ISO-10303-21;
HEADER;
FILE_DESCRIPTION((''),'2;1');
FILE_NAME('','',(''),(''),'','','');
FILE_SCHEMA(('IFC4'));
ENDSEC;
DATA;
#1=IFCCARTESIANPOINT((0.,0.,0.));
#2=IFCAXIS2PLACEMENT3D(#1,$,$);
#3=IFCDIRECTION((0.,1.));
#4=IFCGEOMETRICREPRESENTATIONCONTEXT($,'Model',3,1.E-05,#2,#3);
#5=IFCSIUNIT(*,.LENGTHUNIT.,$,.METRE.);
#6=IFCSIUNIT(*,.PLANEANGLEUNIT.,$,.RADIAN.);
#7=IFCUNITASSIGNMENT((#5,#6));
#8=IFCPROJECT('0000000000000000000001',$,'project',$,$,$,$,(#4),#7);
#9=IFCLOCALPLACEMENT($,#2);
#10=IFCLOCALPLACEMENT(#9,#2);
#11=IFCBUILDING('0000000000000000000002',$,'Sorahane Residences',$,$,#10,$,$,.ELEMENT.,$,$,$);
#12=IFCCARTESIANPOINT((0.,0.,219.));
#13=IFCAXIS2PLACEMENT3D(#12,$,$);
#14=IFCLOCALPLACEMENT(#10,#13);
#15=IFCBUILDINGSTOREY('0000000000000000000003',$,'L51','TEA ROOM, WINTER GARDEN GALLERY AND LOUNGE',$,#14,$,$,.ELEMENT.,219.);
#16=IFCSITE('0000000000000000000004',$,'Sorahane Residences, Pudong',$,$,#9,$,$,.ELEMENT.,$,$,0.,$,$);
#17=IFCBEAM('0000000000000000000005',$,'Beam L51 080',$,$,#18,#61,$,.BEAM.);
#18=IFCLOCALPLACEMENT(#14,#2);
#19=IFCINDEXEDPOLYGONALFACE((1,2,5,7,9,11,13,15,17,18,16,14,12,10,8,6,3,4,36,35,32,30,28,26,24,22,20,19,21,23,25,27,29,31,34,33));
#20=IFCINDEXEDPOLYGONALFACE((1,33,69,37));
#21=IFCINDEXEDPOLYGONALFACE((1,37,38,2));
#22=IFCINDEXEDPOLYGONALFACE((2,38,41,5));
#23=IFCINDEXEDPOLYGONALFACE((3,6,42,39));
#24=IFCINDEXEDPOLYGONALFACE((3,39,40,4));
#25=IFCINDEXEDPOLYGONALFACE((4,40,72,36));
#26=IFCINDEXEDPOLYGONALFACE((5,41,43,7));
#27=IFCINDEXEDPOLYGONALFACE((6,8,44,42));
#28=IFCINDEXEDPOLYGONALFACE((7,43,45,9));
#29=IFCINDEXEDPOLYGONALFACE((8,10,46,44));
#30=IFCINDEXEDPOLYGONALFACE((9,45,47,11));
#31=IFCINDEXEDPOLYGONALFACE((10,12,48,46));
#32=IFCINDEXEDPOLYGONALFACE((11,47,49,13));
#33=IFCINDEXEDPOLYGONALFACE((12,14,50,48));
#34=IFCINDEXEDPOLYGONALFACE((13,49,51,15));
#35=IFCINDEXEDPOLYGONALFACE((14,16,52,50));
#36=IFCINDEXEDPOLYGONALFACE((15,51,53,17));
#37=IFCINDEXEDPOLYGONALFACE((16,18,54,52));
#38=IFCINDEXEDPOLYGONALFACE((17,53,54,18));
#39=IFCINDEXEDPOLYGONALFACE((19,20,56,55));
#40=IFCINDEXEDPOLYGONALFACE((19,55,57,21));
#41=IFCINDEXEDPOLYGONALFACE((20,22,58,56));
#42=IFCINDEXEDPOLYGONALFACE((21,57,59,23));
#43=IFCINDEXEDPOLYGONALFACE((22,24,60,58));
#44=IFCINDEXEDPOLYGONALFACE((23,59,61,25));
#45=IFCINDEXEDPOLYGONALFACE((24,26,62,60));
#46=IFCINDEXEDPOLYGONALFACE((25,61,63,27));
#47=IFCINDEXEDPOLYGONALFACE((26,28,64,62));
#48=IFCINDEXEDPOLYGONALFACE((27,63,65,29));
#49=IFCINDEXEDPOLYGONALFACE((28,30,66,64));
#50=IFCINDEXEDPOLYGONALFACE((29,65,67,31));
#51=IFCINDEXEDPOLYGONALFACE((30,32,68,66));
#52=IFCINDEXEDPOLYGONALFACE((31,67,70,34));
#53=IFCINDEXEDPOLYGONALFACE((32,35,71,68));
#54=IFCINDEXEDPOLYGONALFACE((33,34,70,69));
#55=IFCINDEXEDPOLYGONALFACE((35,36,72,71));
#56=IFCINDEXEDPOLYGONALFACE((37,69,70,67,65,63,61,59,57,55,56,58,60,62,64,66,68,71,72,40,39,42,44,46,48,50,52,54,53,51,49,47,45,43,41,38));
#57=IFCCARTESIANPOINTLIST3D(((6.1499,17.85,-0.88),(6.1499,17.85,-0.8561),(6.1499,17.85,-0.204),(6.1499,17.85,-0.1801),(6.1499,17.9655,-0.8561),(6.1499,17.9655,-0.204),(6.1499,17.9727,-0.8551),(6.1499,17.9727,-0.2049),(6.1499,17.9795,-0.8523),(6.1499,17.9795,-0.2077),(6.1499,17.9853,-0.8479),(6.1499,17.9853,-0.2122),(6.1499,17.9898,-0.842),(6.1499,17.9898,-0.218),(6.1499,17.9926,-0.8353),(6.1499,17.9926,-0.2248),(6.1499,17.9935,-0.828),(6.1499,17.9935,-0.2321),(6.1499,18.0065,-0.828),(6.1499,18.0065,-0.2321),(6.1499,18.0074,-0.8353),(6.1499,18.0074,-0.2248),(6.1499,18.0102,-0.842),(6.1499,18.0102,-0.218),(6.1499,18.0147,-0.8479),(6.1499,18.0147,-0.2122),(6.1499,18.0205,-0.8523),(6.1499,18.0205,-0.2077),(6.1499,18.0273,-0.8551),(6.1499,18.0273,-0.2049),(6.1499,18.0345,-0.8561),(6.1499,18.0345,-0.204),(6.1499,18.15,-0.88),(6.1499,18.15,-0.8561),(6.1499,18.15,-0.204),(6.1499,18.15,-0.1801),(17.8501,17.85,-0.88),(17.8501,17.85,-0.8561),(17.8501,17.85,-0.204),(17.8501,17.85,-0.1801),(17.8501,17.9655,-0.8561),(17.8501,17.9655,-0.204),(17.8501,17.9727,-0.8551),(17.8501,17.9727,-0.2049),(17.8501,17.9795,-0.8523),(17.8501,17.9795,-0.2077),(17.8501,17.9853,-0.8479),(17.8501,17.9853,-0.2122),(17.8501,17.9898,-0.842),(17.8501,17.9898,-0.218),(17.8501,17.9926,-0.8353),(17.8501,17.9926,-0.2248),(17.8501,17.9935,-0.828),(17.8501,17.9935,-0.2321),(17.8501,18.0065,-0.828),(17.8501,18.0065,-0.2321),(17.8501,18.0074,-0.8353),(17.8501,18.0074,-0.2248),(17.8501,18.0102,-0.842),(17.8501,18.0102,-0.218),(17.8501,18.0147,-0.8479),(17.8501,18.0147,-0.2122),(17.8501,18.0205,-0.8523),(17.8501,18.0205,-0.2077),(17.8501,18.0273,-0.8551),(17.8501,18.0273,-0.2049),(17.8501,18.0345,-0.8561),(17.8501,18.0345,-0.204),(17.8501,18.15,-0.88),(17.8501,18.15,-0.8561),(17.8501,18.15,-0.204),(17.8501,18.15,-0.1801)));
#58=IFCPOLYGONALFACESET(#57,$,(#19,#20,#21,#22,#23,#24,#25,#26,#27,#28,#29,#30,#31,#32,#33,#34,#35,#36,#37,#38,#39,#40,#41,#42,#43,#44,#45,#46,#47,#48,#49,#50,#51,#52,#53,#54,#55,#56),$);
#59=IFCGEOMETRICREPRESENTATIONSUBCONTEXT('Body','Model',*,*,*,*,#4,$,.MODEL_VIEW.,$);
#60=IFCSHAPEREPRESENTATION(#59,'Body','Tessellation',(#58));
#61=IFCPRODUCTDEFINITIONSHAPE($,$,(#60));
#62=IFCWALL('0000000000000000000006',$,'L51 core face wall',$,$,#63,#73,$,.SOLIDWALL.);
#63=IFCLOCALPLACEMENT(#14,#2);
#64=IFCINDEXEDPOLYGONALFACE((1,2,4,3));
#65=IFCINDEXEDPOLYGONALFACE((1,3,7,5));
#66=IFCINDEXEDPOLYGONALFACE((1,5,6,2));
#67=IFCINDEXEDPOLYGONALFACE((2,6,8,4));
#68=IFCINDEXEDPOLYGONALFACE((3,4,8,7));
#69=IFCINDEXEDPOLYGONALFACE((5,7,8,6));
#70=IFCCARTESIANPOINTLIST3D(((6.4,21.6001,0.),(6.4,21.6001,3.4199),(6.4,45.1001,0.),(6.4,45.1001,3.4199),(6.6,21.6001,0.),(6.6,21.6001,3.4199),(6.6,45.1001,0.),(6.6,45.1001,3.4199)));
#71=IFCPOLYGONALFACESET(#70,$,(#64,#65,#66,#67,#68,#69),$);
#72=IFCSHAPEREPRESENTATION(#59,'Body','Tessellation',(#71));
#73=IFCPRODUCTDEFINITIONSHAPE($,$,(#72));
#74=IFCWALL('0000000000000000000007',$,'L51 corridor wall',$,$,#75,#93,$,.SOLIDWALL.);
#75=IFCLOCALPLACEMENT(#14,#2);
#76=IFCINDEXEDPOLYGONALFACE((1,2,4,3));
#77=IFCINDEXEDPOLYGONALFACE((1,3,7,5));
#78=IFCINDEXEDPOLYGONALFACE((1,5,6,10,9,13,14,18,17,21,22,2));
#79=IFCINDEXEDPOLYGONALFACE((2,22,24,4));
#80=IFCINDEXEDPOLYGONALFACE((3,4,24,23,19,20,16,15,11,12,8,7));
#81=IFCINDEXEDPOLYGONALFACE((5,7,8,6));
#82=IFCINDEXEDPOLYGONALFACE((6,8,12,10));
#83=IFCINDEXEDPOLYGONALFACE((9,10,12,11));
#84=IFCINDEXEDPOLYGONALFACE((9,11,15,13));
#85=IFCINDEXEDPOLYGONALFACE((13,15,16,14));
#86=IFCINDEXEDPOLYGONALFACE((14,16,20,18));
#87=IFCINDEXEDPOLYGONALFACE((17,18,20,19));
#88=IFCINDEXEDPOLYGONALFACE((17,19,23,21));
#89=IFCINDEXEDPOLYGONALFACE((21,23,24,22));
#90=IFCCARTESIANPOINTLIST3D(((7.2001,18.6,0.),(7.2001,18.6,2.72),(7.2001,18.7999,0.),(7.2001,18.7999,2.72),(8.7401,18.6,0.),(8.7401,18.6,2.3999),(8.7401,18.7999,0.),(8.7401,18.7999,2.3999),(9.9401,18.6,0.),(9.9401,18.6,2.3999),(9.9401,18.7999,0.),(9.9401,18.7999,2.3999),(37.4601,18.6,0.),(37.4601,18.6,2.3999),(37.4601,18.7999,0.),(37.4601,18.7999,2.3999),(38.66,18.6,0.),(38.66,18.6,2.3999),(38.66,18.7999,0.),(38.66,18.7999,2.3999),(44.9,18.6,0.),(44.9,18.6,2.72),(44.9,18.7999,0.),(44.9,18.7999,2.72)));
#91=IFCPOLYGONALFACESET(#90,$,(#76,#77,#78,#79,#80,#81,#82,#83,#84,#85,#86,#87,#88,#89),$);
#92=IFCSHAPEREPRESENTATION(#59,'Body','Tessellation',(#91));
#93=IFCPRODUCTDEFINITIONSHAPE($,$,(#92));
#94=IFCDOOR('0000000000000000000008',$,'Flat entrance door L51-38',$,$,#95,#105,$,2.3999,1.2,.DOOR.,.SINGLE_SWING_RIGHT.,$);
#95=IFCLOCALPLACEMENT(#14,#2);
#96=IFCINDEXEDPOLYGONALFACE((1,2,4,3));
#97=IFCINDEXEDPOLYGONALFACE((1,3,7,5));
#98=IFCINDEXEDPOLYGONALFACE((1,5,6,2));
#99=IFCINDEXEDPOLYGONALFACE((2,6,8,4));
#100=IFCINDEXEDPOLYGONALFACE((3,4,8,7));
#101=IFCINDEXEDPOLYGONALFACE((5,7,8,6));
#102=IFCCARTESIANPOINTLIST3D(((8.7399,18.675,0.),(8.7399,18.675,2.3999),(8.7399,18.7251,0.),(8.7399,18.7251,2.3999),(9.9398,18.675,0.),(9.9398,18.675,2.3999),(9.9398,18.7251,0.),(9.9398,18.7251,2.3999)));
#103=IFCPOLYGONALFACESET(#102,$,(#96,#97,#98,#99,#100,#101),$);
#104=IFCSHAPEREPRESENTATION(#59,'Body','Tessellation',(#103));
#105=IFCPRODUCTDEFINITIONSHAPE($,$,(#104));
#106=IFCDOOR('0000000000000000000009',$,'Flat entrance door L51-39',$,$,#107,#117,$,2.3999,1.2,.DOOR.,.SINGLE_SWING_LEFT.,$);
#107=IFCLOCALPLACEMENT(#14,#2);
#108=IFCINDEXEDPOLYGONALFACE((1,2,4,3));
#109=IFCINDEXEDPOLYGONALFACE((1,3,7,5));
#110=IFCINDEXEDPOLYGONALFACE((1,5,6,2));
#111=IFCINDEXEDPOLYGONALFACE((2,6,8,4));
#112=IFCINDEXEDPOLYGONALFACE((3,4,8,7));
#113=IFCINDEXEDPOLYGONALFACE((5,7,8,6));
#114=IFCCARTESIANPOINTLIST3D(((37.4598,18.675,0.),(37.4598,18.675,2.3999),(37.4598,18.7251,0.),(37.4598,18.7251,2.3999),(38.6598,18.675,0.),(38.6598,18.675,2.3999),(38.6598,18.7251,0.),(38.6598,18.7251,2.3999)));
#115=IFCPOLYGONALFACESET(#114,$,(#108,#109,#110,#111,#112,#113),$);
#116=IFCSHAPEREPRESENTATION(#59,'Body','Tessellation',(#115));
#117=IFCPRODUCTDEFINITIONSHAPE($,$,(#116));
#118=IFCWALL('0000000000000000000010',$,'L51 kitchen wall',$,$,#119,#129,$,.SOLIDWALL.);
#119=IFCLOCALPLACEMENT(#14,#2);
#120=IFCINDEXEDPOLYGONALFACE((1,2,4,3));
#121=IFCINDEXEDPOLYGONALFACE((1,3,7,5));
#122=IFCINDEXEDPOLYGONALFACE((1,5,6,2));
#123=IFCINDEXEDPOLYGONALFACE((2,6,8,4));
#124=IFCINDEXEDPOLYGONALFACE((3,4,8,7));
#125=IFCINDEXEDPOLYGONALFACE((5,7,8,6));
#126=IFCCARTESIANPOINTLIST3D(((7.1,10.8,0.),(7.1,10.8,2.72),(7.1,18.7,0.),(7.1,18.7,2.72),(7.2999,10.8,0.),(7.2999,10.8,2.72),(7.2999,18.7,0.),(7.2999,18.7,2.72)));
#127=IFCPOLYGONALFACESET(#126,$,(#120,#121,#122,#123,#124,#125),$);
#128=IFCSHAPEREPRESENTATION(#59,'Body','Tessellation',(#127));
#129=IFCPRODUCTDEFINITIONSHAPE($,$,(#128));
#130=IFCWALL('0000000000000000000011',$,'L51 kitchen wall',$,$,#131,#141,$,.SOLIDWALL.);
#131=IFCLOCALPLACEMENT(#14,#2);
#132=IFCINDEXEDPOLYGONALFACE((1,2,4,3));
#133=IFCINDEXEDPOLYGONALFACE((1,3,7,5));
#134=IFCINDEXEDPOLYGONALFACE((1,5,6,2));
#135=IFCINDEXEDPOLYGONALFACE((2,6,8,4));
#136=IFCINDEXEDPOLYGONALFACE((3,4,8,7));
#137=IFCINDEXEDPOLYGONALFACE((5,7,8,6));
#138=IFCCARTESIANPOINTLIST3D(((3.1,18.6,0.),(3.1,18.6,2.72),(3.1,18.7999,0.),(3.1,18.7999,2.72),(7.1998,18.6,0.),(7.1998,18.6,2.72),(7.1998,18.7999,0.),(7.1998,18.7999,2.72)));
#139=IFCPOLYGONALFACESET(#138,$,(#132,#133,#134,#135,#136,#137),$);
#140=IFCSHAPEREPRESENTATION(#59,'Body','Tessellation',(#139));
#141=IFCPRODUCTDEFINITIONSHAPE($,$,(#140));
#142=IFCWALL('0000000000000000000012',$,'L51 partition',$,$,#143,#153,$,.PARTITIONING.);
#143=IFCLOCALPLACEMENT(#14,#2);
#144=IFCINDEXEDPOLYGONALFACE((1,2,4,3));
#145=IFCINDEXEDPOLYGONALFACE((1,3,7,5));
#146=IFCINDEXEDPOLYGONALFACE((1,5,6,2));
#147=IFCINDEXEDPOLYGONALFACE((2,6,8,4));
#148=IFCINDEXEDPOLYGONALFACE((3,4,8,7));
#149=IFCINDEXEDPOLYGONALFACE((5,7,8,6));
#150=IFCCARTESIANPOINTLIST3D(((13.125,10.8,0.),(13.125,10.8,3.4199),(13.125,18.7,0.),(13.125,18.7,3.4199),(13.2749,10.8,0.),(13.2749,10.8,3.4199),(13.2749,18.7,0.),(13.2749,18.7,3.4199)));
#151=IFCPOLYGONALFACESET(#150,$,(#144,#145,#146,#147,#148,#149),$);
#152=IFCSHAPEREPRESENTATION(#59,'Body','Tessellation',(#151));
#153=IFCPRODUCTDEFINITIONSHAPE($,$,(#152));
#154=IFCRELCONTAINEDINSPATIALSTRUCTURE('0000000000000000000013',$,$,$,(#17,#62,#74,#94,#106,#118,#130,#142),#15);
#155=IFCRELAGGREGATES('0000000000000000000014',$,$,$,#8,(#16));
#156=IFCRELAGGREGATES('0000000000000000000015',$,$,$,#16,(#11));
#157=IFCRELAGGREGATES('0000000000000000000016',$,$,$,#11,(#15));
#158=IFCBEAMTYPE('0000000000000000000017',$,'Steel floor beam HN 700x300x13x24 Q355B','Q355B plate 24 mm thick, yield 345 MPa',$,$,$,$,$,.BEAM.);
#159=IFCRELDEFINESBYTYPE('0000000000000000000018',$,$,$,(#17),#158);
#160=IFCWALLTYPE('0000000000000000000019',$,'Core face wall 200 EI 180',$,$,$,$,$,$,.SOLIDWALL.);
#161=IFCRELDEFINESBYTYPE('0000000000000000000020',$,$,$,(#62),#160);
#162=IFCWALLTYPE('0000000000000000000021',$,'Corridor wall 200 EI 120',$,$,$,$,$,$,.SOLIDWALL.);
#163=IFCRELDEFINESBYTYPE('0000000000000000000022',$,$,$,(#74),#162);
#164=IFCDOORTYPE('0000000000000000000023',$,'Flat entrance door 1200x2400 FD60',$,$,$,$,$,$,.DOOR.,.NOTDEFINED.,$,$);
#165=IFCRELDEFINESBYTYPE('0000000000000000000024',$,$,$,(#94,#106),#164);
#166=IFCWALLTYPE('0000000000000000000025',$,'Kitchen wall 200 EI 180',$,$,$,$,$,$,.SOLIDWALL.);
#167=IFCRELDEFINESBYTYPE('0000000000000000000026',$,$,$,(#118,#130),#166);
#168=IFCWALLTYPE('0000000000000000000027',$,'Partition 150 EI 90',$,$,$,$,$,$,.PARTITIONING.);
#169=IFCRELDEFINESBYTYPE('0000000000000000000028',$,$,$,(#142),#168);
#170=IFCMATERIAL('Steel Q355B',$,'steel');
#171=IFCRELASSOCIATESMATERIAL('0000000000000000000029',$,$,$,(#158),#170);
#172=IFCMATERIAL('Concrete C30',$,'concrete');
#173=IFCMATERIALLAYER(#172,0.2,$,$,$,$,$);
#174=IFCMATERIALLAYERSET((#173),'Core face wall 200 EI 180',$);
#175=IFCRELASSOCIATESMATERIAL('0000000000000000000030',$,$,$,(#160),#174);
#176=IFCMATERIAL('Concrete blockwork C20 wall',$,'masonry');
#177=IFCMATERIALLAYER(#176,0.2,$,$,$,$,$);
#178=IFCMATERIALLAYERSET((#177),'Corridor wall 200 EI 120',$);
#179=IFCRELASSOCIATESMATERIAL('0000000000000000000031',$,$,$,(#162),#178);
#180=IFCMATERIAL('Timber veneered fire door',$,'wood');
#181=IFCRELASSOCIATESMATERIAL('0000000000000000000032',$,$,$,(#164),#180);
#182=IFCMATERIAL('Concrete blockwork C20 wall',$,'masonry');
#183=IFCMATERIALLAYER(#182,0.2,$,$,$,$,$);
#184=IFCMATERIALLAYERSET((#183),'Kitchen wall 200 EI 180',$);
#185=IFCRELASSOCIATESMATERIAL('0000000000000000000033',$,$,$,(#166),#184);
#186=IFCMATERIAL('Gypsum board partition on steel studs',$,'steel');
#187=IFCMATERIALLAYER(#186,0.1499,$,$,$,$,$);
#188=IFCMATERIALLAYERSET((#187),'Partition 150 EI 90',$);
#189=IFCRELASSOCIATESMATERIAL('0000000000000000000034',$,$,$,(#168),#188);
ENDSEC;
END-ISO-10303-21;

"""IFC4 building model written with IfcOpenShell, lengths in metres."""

from ifc_helpers import new_model, si_unit, direction, frame, frame_2d, origin, origin_2d, place, context, subcontext, project, spatial, rectangle, i_section, extrude, material, layer, layer_set, material_profile, profile_set, type_object, element, fill, save


model = new_model("IFC4")

# Units and contexts
model_context = context("Model", 3, precision=1e-05, world=origin(), true_north=direction((0.0, 1.0)))
body_context = subcontext(model_context, "Body", "Model", "MODEL_VIEW")
ifc_project = project(units=[si_unit("LENGTHUNIT", "METRE"), si_unit("PLANEANGLEUNIT", "RADIAN")], contexts=[model_context])

# Site, building, storey
site_placement = place(None, origin())
site = spatial("IfcSite", under=ifc_project, at=site_placement, Name="Sorahane Residences, Pudong", CompositionType="ELEMENT", RefElevation=0.0)
building_placement = place(site_placement, origin())
building = spatial("IfcBuilding", under=site, at=building_placement, Name="Sorahane Residences", CompositionType="ELEMENT")
storey_placement = place(building_placement, frame((0.0, 0.0, 219.0)))
storey = spatial("IfcBuildingStorey", under=building, at=storey_placement, Name="L51", Description="TEA ROOM, WINTER GARDEN GALLERY AND LOUNGE", CompositionType="ELEMENT", Elevation=219.0)

# Beam
ifc_material_1 = material(Name="Steel Q355B", Category="steel")
ifc_material_profile_1 = material_profile(ifc_material_1, i_section(OverallWidth=0.3, OverallDepth=0.7, WebThickness=0.0129, FlangeThickness=0.0239, FilletRadius=0.0281, at=origin_2d()), Name="HN 700x300x13x24")
ifc_profile_set_1 = profile_set([ifc_material_profile_1], Name="Steel Q355B")
beam_type = type_object("IfcBeamType", Name="Steel floor beam HN 700x300x13x24 Q355B", Description="Q355B plate 24 mm thick, yield 345 MPa", PredefinedType="BEAM", material=ifc_profile_set_1)
beam_1_placement = place(storey_placement, frame((6.1499, 18.0, -0.53), z_axis=(1.0, 0.0, 0.0), x_axis=(0.0, 1.0, 0.0)))
element("IfcBeam", 1, at=beam_1_placement, inside=storey, type_object=beam_type, Name="Beam L51 080", PredefinedType="BEAM", context=body_context, shape_type="SweptSolid", body=[
    extrude(i_section(OverallWidth=0.3, OverallDepth=0.7, WebThickness=0.0129, FlangeThickness=0.0239, FilletRadius=0.0281, at=origin_2d()), origin(), (0.0, 0.0, 1.0), 11.7002),
])

# Wall
ifc_material_2 = material(Name="Concrete C30", Category="concrete")
ifc_layer_1 = layer(ifc_material_2, 0.2)
ifc_layer_set_1 = layer_set([ifc_layer_1], Name="Core face wall 200 EI 180")
wall_type_1 = type_object("IfcWallType", Name="Core face wall 200 EI 180", PredefinedType="SOLIDWALL", material=ifc_layer_set_1)
wall_1_placement = place(storey_placement, frame((6.5, 21.6001, 0.0), z_axis=(0.0, 0.0, 1.0), x_axis=(0.0, 1.0, 0.0)))
element("IfcWall", 2, at=wall_1_placement, inside=storey, type_object=wall_type_1, Name="L51 core face wall", PredefinedType="SOLIDWALL", context=body_context, shape_type="SweptSolid", body=[
    extrude(rectangle(XDim=23.5, YDim=0.2, at=frame_2d((11.75, 0.0))), origin(), (0.0, 0.0, 1.0), 3.4199),
])

# Wall, openings, doors
ifc_material_3 = material(Name="Concrete blockwork C20 wall", Category="masonry")
ifc_layer_2 = layer(ifc_material_3, 0.2)
ifc_layer_set_2 = layer_set([ifc_layer_2], Name="Corridor wall 200 EI 120")
wall_type_2 = type_object("IfcWallType", Name="Corridor wall 200 EI 120", PredefinedType="SOLIDWALL", material=ifc_layer_set_2)
wall_2_placement = place(storey_placement, frame((7.2, 18.7, 0.0), z_axis=(0.0, 0.0, 1.0), x_axis=(1.0, 0.0, 0.0)))
wall_2 = element("IfcWall", 3, at=wall_2_placement, inside=storey, type_object=wall_type_2, Name="L51 corridor wall", PredefinedType="SOLIDWALL", context=body_context, shape_type="SweptSolid", body=[
    extrude(rectangle(XDim=37.7, YDim=0.2, at=frame_2d((18.8501, 0.0))), origin(), (0.0, 0.0, 1.0), 2.72),
])
opening_1_placement = place(wall_2_placement, frame((1.54, 0.0, 0.0)))
opening_1 = element("IfcOpeningElement", 4, at=opening_1_placement, cuts=wall_2, PredefinedType="OPENING", context=body_context, shape_type="SweptSolid", body=[
    extrude(rectangle(XDim=1.2, YDim=2.3999, at=frame_2d((0.6001, 1.2))), frame((0.0, 0.1099, 0.0), z_axis=(0.0, -1.0, 0.0), x_axis=(1.0, 0.0, 0.0)), (0.0, 0.0, 1.0), 0.22),
])
opening_2_placement = place(wall_2_placement, frame((30.26, 0.0, 0.0)))
opening_2 = element("IfcOpeningElement", 5, at=opening_2_placement, cuts=wall_2, PredefinedType="OPENING", context=body_context, shape_type="SweptSolid", body=[
    extrude(rectangle(XDim=1.2, YDim=2.3999, at=frame_2d((0.6001, 1.2))), frame((0.0, 0.1099, 0.0), z_axis=(0.0, -1.0, 0.0), x_axis=(1.0, 0.0, 0.0)), (0.0, 0.0, 1.0), 0.22),
])
ifc_material_4 = material(Name="Timber veneered fire door", Category="wood")
door_type_1 = type_object("IfcDoorType", Name="Flat entrance door 1200x2400 FD60", OperationType="NOTDEFINED", PredefinedType="DOOR", material=ifc_material_4)
door_1_placement = place(opening_1_placement, frame((1.2, 0.0, 0.0), z_axis=(0.0, 0.0, 1.0), x_axis=(-1.0, 0.0, 0.0)))
door_1 = element("IfcDoor", 6, at=door_1_placement, inside=storey, type_object=door_type_1, Name="Flat entrance door L51-38", OperationType="SINGLE_SWING_RIGHT", OverallHeight=2.3999, OverallWidth=1.2, PredefinedType="DOOR", context=body_context, shape_type="SweptSolid", body=[
    extrude(rectangle(XDim=1.2, YDim=2.3999, at=frame_2d((0.6001, 1.2))), frame((0.0, 0.0249, 0.0), z_axis=(0.0, -1.0, 0.0), x_axis=(1.0, 0.0, 0.0)), (0.0, 0.0, 1.0), 0.05),
])
fill(opening_1, door_1)
door_2_placement = place(opening_2_placement, frame((1.2, 0.0, 0.0), z_axis=(0.0, 0.0, 1.0), x_axis=(-1.0, 0.0, 0.0)))
door_2 = element("IfcDoor", 7, at=door_2_placement, inside=storey, type_object=door_type_1, Name="Flat entrance door L51-39", OperationType="SINGLE_SWING_LEFT", OverallHeight=2.3999, OverallWidth=1.2, PredefinedType="DOOR", context=body_context, shape_type="SweptSolid", body=[
    extrude(rectangle(XDim=1.2, YDim=2.3999, at=frame_2d((0.6001, 1.2))), frame((0.0, 0.0249, 0.0), z_axis=(0.0, -1.0, 0.0), x_axis=(1.0, 0.0, 0.0)), (0.0, 0.0, 1.0), 0.05),
])
fill(opening_2, door_2)

# Walls
ifc_material_5 = material(Name="Concrete blockwork C20 wall", Category="masonry")
ifc_layer_3 = layer(ifc_material_5, 0.2)
ifc_layer_set_3 = layer_set([ifc_layer_3], Name="Kitchen wall 200 EI 180")
wall_type_3 = type_object("IfcWallType", Name="Kitchen wall 200 EI 180", PredefinedType="SOLIDWALL", material=ifc_layer_set_3)
wall_3_placement = place(storey_placement, frame((7.2, 10.8, 0.0), z_axis=(0.0, 0.0, 1.0), x_axis=(0.0, 1.0, 0.0)))
element("IfcWall", 8, at=wall_3_placement, inside=storey, type_object=wall_type_3, Name="L51 kitchen wall", PredefinedType="SOLIDWALL", context=body_context, shape_type="SweptSolid", body=[
    extrude(rectangle(XDim=7.8999, YDim=0.2, at=frame_2d((3.95, 0.0))), origin(), (0.0, 0.0, 1.0), 2.72),
])
wall_4_placement = place(storey_placement, frame((3.1001, 18.7, 0.0), z_axis=(0.0, 0.0, 1.0), x_axis=(1.0, 0.0, 0.0)))
element("IfcWall", 9, at=wall_4_placement, inside=storey, type_object=wall_type_3, Name="L51 kitchen wall", PredefinedType="SOLIDWALL", context=body_context, shape_type="SweptSolid", body=[
    extrude(rectangle(XDim=4.0999, YDim=0.2, at=frame_2d((2.0498, 0.0))), origin(), (0.0, 0.0, 1.0), 2.72),
])
ifc_material_6 = material(Name="Gypsum board partition on steel studs", Category="steel")
ifc_layer_4 = layer(ifc_material_6, 0.1499)
ifc_layer_set_4 = layer_set([ifc_layer_4], Name="Partition 150 EI 90")
wall_type_4 = type_object("IfcWallType", Name="Partition 150 EI 90", PredefinedType="PARTITIONING", material=ifc_layer_set_4)
wall_5_placement = place(storey_placement, frame((13.2, 10.8, 0.0), z_axis=(0.0, 0.0, 1.0), x_axis=(0.0, 1.0, 0.0)))
element("IfcWall", 10, at=wall_5_placement, inside=storey, type_object=wall_type_4, Name="L51 partition", PredefinedType="PARTITIONING", context=body_context, shape_type="SweptSolid", body=[
    extrude(rectangle(XDim=7.8999, YDim=0.1499, at=frame_2d((3.95, 0.0))), origin(), (0.0, 0.0, 1.0), 3.4199),
])

save(model, "model.ifc")
